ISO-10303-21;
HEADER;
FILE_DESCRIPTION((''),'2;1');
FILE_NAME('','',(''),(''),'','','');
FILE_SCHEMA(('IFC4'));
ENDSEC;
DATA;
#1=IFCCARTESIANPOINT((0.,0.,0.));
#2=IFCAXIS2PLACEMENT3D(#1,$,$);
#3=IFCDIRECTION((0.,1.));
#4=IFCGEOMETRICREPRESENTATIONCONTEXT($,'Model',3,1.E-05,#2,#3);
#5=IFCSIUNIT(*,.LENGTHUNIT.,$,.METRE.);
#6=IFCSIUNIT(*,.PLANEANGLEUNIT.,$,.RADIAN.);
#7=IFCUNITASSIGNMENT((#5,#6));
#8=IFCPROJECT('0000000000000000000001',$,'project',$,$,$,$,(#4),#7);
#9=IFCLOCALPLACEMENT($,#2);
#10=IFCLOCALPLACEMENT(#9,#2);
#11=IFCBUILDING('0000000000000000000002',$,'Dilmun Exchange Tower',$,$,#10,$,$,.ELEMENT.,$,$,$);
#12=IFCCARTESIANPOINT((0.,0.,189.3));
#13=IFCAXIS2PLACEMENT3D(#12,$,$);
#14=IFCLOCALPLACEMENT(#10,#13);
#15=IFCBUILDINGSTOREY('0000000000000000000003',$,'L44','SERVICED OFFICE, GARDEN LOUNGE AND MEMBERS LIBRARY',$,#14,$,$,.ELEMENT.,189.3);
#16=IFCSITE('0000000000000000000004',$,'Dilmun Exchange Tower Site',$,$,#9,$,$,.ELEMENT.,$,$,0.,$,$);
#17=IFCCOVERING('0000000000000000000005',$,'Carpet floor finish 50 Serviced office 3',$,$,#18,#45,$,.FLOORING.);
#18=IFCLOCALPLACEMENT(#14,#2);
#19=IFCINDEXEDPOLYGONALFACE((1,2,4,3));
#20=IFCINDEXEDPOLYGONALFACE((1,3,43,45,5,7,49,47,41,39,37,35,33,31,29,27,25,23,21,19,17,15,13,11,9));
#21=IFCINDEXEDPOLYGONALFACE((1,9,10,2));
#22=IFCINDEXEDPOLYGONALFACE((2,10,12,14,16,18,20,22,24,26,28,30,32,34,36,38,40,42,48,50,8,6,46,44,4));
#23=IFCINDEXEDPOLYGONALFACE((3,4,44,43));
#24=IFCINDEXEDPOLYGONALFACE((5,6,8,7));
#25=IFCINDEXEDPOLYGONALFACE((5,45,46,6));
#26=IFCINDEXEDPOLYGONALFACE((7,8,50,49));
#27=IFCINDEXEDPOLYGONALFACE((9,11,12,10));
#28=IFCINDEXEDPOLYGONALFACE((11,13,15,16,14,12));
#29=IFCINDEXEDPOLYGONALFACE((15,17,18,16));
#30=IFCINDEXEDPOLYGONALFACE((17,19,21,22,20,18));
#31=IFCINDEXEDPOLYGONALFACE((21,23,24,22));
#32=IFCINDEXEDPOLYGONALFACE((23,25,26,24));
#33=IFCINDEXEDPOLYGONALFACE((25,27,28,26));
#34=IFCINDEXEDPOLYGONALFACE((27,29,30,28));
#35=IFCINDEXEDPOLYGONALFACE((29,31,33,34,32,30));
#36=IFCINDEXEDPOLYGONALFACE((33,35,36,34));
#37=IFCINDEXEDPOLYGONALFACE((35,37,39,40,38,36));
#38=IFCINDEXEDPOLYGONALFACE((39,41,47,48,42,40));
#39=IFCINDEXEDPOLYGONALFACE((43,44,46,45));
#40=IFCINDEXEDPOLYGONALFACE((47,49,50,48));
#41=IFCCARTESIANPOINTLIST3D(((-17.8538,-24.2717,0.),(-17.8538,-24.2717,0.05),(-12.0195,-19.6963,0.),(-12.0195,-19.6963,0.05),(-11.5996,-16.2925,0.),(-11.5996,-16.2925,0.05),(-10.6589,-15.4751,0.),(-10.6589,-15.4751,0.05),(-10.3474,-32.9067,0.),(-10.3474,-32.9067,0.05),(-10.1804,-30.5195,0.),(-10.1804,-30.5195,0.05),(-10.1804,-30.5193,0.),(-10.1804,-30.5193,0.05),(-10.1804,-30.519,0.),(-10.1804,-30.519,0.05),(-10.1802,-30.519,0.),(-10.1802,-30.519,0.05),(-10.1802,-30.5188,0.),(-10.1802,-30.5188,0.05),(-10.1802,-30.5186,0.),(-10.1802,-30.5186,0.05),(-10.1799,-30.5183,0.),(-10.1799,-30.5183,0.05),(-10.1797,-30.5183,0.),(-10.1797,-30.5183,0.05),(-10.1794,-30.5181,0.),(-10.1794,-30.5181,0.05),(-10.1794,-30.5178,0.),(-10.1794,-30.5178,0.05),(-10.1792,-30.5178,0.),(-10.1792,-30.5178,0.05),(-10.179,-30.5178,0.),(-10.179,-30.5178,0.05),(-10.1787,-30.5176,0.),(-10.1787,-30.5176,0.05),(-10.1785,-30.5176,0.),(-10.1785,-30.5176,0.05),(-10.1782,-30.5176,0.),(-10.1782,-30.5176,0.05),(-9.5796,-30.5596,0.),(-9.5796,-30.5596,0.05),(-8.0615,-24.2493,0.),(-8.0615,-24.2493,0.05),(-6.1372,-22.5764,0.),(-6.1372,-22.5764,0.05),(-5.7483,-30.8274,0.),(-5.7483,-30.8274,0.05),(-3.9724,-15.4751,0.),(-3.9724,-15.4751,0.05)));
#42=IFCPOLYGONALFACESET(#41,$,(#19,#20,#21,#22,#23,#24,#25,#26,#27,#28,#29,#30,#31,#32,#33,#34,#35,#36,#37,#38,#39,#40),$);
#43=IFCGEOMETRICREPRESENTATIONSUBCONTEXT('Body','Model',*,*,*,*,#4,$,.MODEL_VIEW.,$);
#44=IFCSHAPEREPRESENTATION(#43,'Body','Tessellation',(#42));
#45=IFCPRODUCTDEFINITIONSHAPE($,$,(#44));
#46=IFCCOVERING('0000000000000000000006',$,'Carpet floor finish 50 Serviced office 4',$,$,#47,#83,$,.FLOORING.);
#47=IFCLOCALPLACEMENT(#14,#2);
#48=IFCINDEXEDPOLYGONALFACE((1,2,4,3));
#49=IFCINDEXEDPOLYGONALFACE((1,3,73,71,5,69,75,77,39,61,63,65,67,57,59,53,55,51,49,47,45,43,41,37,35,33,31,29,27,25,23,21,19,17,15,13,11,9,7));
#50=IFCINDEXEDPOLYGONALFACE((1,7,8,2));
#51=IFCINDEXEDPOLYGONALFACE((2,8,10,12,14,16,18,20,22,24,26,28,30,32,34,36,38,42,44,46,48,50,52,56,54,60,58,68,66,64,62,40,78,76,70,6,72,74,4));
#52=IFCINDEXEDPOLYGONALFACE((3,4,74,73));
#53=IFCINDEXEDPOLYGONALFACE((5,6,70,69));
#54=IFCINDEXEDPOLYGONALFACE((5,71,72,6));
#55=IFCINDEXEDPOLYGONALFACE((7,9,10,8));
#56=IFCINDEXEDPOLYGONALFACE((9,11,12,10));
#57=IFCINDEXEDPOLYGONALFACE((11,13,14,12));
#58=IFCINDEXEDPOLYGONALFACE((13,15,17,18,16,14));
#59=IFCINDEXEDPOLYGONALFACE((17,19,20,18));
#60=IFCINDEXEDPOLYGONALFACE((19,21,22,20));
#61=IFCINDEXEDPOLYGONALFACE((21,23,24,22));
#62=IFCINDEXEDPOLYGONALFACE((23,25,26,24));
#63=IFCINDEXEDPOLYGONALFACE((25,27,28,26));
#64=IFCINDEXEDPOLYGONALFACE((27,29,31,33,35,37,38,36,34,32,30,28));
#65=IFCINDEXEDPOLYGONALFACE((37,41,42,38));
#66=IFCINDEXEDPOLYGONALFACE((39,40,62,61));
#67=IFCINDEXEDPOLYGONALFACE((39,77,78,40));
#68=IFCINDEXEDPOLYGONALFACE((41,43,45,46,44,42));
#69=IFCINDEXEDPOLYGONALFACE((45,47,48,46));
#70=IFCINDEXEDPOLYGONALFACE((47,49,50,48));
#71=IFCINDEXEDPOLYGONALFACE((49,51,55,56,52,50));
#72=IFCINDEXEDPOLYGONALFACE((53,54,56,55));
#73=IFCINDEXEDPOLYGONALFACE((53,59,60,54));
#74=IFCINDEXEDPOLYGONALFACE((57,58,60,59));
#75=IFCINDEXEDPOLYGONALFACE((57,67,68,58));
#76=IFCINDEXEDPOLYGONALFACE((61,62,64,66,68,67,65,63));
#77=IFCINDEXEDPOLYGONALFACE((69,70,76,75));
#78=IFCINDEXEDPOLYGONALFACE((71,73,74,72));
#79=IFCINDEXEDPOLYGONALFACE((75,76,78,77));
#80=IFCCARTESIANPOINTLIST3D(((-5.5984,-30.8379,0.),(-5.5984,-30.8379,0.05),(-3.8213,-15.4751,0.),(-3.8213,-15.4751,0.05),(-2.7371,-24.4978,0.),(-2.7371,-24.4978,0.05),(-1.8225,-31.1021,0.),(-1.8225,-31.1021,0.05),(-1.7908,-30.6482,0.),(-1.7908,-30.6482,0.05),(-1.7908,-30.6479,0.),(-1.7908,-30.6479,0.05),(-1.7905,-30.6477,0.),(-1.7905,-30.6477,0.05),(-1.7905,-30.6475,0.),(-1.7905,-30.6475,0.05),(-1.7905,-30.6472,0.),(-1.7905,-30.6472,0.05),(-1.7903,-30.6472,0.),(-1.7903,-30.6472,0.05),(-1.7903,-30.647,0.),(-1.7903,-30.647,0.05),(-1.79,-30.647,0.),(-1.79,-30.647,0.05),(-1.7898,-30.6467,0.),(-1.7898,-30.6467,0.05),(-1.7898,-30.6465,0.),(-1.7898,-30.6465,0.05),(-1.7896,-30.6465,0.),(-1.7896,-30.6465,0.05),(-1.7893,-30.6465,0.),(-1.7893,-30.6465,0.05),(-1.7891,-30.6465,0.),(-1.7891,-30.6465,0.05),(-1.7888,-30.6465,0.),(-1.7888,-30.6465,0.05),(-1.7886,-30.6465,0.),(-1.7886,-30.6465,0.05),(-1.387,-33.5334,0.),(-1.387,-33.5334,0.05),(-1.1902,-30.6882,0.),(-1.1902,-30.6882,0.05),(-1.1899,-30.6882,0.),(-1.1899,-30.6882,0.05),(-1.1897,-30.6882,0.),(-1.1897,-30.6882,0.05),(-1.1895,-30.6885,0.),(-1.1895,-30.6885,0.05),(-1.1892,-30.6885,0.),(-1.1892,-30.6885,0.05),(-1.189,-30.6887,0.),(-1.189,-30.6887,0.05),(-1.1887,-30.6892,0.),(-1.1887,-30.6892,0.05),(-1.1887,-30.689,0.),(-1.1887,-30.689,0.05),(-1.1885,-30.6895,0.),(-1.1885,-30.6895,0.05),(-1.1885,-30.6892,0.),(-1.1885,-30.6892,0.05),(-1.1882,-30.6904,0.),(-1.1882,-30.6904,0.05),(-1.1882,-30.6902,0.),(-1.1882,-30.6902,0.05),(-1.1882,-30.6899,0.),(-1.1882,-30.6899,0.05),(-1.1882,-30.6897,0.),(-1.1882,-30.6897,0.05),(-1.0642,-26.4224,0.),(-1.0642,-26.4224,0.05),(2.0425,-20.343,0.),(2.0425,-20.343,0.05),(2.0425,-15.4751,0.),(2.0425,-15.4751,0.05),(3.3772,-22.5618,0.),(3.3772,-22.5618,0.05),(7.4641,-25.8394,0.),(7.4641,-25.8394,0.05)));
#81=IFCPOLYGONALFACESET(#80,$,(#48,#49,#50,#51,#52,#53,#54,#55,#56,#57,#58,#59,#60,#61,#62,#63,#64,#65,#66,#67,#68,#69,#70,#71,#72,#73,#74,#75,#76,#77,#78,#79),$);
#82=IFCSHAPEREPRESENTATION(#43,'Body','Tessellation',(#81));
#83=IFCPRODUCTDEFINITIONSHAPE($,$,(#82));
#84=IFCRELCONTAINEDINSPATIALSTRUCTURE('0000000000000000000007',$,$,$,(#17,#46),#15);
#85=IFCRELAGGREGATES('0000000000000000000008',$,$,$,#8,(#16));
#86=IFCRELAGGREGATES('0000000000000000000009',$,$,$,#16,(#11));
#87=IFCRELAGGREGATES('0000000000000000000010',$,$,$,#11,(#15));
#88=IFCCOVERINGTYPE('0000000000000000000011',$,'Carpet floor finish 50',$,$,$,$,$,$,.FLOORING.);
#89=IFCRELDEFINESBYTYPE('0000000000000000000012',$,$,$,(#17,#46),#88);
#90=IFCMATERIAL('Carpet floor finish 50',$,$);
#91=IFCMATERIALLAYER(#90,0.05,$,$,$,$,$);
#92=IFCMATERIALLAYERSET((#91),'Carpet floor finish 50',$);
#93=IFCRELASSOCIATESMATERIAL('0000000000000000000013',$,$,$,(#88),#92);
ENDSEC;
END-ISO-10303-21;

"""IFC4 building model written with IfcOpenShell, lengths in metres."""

from ifc_helpers import new_model, si_unit, direction, frame, origin, place, context, subcontext, project, spatial, polyline, outline, extrude, material, layer, layer_set, type_object, element, save


model = new_model("IFC4")

# Units and contexts
model_context = context("Model", 3, precision=1e-05, world=origin(), true_north=direction((0.0, 1.0)))
body_context = subcontext(model_context, "Body", "Model", "MODEL_VIEW")
ifc_project = project(units=[si_unit("LENGTHUNIT", "METRE"), si_unit("PLANEANGLEUNIT", "RADIAN")], contexts=[model_context])

# Site, building, storey
site_placement = place(None, origin())
site = spatial("IfcSite", under=ifc_project, at=site_placement, Name="Dilmun Exchange Tower Site", CompositionType="ELEMENT", RefElevation=0.0)
building_placement = place(site_placement, origin())
building = spatial("IfcBuilding", under=site, at=building_placement, Name="Dilmun Exchange Tower", CompositionType="ELEMENT")
storey_placement = place(building_placement, frame((0.0, 0.0, 189.3)))
storey = spatial("IfcBuildingStorey", under=building, at=storey_placement, Name="L44", Description="SERVICED OFFICE, GARDEN LOUNGE AND MEMBERS LIBRARY", CompositionType="ELEMENT", Elevation=189.3)

# Coverings
ifc_material_1 = material(Name="Carpet floor finish 50")
ifc_layer_1 = layer(ifc_material_1, 0.05)
ifc_layer_set_1 = layer_set([ifc_layer_1], Name="Carpet floor finish 50")
covering_type_1 = type_object("IfcCoveringType", Name="Carpet floor finish 50", PredefinedType="FLOORING", material=ifc_layer_set_1)
covering_1_placement = place(storey_placement, origin())
element("IfcCovering", 1, at=covering_1_placement, inside=storey, type_object=covering_type_1, Name="Carpet floor finish 50 Serviced office 3", PredefinedType="FLOORING", context=body_context, shape_type="SweptSolid", body=[
    extrude(outline(polyline([(-12.0195, -19.6963), (-8.0615, -24.2493), (-6.1372, -22.5764), (-11.5996, -16.2925), (-10.6589, -15.4751), (-3.9724, -15.4751), (-5.7483, -30.8274), (-9.5796, -30.5596), (-9.5796, -30.5596), (-9.5796, -30.5596), (-10.1782, -30.5176), (-10.1785, -30.5176), (-10.1787, -30.5176), (-10.1787, -30.5176), (-10.179, -30.5178), (-10.1792, -30.5178), (-10.1794, -30.5178), (-10.1794, -30.5181), (-10.1797, -30.5183), (-10.1797, -30.5183), (-10.1799, -30.5183), (-10.1802, -30.5186), (-10.1802, -30.5188), (-10.1802, -30.519), (-10.1804, -30.519), (-10.1804, -30.5193), (-10.1804, -30.5195), (-10.3474, -32.9067), (-17.8538, -24.2717), (-12.0195, -19.6963)])), origin(), (0.0, 0.0, 1.0), 0.05),
])
covering_2_placement = place(storey_placement, origin())
element("IfcCovering", 2, at=covering_2_placement, inside=storey, type_object=covering_type_1, Name="Carpet floor finish 50 Serviced office 4", PredefinedType="FLOORING", context=body_context, shape_type="SweptSolid", body=[
    extrude(outline(polyline([(-3.8213, -15.4751), (2.0425, -15.4751), (2.0425, -20.343), (-2.7371, -24.4978), (-1.0642, -26.4224), (3.3772, -22.5618), (7.4641, -25.8394), (-1.387, -33.5334), (-1.1882, -30.6904), (-1.1882, -30.6902), (-1.1882, -30.6899), (-1.1882, -30.6897), (-1.1882, -30.6897), (-1.1885, -30.6895), (-1.1885, -30.6892), (-1.1887, -30.6892), (-1.1887, -30.689), (-1.189, -30.6887), (-1.189, -30.6887), (-1.1892, -30.6885), (-1.1892, -30.6885), (-1.1895, -30.6885), (-1.1897, -30.6882), (-1.1899, -30.6882), (-1.1902, -30.6882), (-1.7886, -30.6465), (-1.7888, -30.6465), (-1.7891, -30.6465), (-1.7893, -30.6465), (-1.7893, -30.6465), (-1.7896, -30.6465), (-1.7898, -30.6465), (-1.7898, -30.6467), (-1.79, -30.647), (-1.7903, -30.647), (-1.7903, -30.6472), (-1.7905, -30.6472), (-1.7905, -30.6475), (-1.7905, -30.6477), (-1.7908, -30.6479), (-1.7908, -30.6479), (-1.7908, -30.6482), (-1.8225, -31.1021), (-5.5984, -30.8379), (-3.8213, -15.4751)])), origin(), (0.0, 0.0, 1.0), 0.05),
])

save(model, "model.ifc")
